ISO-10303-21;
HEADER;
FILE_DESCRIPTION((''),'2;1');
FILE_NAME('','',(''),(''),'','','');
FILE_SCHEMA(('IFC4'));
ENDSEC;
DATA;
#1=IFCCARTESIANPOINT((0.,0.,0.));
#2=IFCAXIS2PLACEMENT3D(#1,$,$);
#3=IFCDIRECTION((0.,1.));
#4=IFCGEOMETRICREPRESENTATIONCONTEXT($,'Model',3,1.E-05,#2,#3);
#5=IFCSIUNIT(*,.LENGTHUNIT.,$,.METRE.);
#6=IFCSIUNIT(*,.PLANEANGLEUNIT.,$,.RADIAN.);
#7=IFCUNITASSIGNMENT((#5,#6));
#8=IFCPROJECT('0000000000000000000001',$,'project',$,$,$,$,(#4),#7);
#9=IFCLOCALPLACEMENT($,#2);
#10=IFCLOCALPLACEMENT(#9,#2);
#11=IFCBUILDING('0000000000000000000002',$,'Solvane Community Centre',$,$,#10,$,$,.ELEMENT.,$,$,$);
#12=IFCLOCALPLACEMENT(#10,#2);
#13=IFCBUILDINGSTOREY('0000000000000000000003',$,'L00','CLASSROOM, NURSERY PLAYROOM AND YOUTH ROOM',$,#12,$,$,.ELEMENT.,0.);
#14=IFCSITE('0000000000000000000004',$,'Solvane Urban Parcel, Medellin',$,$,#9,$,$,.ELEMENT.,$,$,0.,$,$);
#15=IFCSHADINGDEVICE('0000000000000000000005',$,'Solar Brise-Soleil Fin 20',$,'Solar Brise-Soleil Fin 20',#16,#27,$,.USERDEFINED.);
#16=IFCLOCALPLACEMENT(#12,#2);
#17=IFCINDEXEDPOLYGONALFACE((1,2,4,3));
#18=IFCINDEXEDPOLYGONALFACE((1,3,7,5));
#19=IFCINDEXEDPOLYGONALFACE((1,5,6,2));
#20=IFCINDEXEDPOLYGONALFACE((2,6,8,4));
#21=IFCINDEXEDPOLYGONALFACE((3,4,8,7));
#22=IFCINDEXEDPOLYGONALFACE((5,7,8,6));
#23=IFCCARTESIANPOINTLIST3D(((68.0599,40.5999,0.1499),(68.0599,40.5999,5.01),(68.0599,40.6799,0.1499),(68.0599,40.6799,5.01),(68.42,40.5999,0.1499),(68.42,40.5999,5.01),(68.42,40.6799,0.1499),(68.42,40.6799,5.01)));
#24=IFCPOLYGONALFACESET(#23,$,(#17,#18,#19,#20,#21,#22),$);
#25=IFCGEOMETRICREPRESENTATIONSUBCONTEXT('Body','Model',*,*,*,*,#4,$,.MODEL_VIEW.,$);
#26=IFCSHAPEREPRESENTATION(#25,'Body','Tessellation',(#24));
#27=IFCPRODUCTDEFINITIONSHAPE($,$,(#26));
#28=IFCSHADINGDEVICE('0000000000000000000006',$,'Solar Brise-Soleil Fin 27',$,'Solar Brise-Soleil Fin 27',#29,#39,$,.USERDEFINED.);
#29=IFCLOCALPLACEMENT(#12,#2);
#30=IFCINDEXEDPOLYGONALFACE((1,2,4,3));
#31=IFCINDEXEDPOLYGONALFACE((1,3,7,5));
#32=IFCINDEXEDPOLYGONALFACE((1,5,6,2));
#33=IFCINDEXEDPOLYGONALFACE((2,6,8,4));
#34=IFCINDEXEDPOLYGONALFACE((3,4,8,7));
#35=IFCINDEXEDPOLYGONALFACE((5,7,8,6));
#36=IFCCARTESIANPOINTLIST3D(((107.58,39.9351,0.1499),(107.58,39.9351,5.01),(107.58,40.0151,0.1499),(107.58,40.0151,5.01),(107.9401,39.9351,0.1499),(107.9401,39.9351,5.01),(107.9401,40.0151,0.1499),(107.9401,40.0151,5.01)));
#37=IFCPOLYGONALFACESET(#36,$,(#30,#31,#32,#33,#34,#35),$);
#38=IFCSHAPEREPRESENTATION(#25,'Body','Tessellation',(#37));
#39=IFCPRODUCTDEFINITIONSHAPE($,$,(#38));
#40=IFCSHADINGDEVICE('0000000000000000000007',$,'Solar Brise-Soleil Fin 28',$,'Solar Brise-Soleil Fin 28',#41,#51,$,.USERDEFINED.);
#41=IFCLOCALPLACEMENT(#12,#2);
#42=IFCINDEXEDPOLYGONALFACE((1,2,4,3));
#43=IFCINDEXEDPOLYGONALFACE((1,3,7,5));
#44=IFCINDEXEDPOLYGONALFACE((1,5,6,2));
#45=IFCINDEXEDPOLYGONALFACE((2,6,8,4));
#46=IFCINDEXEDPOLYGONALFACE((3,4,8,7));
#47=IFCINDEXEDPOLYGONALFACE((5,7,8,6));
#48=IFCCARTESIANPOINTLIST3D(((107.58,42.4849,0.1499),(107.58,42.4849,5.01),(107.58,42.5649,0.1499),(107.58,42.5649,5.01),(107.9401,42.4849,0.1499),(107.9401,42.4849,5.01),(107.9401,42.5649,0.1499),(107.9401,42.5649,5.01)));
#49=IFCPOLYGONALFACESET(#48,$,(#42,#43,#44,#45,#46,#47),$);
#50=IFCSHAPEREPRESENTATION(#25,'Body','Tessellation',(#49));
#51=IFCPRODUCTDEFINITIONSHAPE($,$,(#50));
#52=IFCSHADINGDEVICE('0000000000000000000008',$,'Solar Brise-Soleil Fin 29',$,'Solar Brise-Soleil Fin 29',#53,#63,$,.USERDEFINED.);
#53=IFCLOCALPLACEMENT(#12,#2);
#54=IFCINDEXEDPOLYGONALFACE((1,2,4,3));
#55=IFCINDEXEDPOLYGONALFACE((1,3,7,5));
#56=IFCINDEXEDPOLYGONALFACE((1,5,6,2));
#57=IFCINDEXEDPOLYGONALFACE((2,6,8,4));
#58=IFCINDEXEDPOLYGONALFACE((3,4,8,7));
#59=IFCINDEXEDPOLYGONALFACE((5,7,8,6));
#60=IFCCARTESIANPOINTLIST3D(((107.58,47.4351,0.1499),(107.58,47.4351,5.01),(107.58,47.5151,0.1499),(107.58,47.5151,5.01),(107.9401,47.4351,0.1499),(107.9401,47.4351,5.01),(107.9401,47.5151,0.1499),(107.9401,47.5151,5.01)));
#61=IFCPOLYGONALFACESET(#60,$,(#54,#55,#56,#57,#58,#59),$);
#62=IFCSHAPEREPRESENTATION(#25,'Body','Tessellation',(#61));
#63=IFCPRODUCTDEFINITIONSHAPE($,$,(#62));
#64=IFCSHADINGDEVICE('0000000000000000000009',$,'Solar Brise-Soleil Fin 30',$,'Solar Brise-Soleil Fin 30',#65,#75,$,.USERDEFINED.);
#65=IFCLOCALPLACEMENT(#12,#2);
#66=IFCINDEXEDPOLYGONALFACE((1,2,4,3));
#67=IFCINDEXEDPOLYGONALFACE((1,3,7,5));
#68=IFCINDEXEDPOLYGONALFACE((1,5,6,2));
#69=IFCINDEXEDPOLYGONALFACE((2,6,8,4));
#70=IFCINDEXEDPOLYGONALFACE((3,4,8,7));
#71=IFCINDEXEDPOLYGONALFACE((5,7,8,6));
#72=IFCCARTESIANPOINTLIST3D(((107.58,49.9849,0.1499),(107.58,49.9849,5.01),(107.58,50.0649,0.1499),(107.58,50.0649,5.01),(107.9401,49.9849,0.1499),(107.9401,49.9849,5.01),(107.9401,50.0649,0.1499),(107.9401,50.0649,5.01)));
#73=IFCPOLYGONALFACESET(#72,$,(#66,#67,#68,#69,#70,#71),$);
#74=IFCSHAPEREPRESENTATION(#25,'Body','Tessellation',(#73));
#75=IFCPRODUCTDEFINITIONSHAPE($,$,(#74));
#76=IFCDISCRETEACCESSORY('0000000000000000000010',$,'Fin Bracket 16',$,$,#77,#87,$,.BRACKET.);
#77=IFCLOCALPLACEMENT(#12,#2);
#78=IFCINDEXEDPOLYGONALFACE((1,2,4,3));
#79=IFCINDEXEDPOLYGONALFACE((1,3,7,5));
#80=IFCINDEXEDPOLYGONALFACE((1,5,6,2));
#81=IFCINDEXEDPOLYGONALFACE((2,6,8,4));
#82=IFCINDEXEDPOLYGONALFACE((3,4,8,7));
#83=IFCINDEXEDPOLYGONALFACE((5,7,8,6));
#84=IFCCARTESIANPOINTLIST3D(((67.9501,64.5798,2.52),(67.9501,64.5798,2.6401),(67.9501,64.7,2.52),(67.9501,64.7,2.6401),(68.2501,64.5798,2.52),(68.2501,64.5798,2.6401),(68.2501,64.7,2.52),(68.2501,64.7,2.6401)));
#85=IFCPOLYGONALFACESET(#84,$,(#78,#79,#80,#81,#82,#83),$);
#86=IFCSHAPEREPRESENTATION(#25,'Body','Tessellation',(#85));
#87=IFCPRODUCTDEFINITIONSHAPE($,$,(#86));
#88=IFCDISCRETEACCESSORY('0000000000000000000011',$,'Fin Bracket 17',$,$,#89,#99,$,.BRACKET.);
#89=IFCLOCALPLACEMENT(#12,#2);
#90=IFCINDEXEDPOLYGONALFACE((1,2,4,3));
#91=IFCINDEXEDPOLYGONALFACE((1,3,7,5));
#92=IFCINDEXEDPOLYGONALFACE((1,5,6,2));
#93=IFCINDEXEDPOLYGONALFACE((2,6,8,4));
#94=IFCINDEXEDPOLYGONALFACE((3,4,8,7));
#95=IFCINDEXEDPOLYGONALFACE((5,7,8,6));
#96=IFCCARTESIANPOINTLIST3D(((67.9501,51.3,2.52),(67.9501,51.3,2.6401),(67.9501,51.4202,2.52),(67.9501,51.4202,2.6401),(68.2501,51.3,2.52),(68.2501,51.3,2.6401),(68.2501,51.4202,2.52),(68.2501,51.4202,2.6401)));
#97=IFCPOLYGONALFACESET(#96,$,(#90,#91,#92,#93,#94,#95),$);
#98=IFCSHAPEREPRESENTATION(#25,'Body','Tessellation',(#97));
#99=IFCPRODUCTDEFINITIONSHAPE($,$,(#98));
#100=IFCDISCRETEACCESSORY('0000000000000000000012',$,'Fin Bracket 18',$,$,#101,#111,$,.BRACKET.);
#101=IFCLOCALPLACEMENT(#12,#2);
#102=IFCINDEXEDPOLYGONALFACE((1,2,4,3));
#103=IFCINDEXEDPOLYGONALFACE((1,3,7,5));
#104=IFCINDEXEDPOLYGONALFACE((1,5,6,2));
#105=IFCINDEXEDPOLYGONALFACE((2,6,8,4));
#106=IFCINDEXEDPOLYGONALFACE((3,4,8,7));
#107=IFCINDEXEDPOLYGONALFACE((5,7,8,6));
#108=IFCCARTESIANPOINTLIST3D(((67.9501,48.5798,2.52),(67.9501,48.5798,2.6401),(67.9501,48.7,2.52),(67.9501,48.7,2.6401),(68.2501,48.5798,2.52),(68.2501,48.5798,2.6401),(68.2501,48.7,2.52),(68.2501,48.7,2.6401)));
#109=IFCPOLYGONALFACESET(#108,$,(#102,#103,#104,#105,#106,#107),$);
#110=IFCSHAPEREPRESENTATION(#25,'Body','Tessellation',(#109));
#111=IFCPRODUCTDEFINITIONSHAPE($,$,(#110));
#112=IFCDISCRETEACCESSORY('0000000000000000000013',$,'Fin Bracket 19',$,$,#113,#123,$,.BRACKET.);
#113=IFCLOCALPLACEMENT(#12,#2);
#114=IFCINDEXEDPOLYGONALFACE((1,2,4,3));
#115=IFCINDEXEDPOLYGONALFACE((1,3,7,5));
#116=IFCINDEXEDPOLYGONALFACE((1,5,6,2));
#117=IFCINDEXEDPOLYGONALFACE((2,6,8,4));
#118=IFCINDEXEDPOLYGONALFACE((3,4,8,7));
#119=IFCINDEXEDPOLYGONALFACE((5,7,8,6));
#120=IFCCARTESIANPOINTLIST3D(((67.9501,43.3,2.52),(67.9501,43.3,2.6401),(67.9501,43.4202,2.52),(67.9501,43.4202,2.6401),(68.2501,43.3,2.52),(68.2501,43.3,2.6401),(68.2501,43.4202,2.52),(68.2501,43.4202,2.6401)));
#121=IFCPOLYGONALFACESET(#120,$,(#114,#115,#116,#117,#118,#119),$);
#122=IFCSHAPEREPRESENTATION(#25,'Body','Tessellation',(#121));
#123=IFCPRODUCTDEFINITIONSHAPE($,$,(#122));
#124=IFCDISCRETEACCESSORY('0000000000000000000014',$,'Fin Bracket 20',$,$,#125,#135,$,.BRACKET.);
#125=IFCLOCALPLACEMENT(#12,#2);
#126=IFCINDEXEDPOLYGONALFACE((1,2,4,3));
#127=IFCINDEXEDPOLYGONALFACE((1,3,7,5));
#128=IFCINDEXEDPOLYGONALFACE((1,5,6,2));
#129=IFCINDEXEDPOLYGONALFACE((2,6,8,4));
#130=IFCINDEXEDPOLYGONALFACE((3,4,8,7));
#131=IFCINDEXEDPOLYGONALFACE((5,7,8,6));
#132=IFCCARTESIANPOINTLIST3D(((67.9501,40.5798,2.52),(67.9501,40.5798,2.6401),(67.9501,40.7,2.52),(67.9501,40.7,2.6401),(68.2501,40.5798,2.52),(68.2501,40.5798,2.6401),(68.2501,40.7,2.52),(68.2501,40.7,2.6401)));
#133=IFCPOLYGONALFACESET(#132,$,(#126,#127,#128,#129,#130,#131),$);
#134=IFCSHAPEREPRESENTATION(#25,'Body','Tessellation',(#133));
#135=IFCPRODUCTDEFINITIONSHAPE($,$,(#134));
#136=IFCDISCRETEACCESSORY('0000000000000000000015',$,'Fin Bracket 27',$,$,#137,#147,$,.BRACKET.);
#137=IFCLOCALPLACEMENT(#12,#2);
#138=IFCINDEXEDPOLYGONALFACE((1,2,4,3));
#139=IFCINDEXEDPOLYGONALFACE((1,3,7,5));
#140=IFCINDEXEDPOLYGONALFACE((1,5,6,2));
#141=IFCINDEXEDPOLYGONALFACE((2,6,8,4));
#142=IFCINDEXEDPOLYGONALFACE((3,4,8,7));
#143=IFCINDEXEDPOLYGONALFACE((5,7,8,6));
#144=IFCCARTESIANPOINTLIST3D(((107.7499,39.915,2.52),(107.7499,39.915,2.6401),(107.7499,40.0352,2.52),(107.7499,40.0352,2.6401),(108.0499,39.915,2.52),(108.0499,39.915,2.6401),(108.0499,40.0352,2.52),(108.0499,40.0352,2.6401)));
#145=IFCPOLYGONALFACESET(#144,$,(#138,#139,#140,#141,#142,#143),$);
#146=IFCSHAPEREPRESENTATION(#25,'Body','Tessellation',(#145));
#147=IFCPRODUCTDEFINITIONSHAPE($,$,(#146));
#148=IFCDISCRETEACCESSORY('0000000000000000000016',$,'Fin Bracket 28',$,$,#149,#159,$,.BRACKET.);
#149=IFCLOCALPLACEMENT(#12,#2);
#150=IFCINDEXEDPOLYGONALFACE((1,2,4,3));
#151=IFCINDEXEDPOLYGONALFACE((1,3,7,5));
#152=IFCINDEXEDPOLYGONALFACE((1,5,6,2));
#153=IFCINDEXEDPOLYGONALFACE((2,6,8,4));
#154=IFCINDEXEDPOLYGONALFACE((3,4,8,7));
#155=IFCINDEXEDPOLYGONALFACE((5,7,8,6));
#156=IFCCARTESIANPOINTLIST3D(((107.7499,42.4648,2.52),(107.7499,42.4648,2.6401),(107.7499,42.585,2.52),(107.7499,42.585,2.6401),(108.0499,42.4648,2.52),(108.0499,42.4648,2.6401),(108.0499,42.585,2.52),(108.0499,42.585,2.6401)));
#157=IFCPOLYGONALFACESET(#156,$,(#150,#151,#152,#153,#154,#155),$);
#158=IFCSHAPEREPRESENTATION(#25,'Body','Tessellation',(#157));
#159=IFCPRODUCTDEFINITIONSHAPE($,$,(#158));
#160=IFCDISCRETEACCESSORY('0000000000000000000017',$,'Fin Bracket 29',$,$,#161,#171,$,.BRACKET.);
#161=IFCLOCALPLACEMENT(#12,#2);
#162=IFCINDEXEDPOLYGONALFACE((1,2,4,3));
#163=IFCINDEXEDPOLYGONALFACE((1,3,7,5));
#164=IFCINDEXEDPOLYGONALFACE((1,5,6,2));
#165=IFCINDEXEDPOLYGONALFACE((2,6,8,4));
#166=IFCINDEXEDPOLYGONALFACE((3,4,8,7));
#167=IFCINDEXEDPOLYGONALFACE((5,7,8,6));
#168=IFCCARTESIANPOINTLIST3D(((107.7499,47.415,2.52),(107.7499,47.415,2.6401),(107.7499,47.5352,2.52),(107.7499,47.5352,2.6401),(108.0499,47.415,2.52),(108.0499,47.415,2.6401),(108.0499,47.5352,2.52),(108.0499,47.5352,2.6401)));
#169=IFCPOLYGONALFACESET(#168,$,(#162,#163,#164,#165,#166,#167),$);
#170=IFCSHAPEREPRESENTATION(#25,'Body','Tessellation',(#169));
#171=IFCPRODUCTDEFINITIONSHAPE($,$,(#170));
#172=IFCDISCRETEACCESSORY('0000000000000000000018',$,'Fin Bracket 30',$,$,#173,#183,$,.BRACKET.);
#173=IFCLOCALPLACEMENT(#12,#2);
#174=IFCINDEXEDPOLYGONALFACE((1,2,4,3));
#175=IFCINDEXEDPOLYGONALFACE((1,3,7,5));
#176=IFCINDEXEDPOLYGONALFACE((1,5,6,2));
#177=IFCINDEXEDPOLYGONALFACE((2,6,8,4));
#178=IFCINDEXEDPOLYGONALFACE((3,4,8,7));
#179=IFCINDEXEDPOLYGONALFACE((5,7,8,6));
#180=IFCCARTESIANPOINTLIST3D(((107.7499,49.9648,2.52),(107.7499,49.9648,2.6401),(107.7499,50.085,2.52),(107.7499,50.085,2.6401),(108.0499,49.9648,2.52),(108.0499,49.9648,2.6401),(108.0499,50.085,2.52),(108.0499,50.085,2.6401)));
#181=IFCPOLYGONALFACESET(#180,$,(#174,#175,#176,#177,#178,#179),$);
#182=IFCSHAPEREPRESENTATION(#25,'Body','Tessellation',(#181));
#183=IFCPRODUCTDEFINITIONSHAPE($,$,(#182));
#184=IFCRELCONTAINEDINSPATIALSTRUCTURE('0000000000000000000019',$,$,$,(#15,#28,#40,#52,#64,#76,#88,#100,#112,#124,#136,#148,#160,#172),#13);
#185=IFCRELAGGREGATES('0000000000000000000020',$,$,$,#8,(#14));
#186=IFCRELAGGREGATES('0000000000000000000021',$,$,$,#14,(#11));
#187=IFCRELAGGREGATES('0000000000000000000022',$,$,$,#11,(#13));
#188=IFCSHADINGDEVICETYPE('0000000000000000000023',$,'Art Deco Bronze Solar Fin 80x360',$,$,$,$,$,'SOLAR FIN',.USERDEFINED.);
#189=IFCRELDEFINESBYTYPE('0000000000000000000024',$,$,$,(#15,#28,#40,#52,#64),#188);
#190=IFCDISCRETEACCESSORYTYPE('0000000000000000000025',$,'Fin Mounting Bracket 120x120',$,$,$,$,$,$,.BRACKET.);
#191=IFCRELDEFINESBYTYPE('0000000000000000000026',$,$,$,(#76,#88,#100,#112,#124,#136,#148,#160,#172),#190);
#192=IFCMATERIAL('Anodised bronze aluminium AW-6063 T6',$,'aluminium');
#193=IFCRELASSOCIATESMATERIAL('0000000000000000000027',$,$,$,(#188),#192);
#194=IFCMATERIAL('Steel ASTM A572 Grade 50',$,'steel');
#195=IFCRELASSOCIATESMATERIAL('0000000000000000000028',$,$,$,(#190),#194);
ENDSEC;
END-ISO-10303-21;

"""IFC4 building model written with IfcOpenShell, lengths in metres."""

from ifc_helpers import new_model, si_unit, direction, frame, origin, origin_2d, place, context, subcontext, project, spatial, rectangle, extrude, material, type_object, element, save


model = new_model("IFC4")

# Units and contexts
model_context = context("Model", 3, precision=1e-05, world=origin(), true_north=direction((0.0, 1.0)))
body_context = subcontext(model_context, "Body", "Model", "MODEL_VIEW")
ifc_project = project(units=[si_unit("LENGTHUNIT", "METRE"), si_unit("PLANEANGLEUNIT", "RADIAN")], contexts=[model_context])

# Site, building, storey
site_placement = place(None, origin())
site = spatial("IfcSite", under=ifc_project, at=site_placement, Name="Solvane Urban Parcel, Medellin", CompositionType="ELEMENT", RefElevation=0.0)
building_placement = place(site_placement, origin())
building = spatial("IfcBuilding", under=site, at=building_placement, Name="Solvane Community Centre", CompositionType="ELEMENT")
storey_placement = place(building_placement, origin())
storey = spatial("IfcBuildingStorey", under=building, at=storey_placement, Name="L00", Description="CLASSROOM, NURSERY PLAYROOM AND YOUTH ROOM", CompositionType="ELEMENT", Elevation=0.0)

# Shared definitions
ifc_material_1 = material(Name="Anodised bronze aluminium AW-6063 T6", Category="aluminium")

# Shading devices
shading_device_type = type_object("IfcShadingDeviceType", Name="Art Deco Bronze Solar Fin 80x360", ElementType="SOLAR FIN", PredefinedType="USERDEFINED", material=ifc_material_1)
shading_device_1_placement = place(storey_placement, frame((68.24, 40.6399, 0.1499), z_axis=(0.0, 0.0, 1.0), x_axis=(0.0, -1.0, 0.0)))
element("IfcShadingDevice", 1, at=shading_device_1_placement, inside=storey, type_object=shading_device_type, Name="Solar Brise-Soleil Fin 20", ObjectType="Solar Brise-Soleil Fin 20", PredefinedType="USERDEFINED", context=body_context, shape_type="SweptSolid", body=[
    extrude(rectangle(XDim=0.0801, YDim=0.3601, at=origin_2d()), origin(), (0.0, 0.0, 1.0), 4.8601),
])
shading_device_2_placement = place(storey_placement, frame((107.76, 39.9751, 0.1499), z_axis=(0.0, 0.0, 1.0), x_axis=(0.0, 1.0, 0.0)))
element("IfcShadingDevice", 2, at=shading_device_2_placement, inside=storey, type_object=shading_device_type, Name="Solar Brise-Soleil Fin 27", ObjectType="Solar Brise-Soleil Fin 27", PredefinedType="USERDEFINED", context=body_context, shape_type="SweptSolid", body=[
    extrude(rectangle(XDim=0.0801, YDim=0.3601, at=origin_2d()), origin(), (0.0, 0.0, 1.0), 4.8601),
])
shading_device_3_placement = place(storey_placement, frame((107.76, 42.5249, 0.1499), z_axis=(0.0, 0.0, 1.0), x_axis=(0.0, 1.0, 0.0)))
element("IfcShadingDevice", 3, at=shading_device_3_placement, inside=storey, type_object=shading_device_type, Name="Solar Brise-Soleil Fin 28", ObjectType="Solar Brise-Soleil Fin 28", PredefinedType="USERDEFINED", context=body_context, shape_type="SweptSolid", body=[
    extrude(rectangle(XDim=0.0801, YDim=0.3601, at=origin_2d()), origin(), (0.0, 0.0, 1.0), 4.8601),
])
shading_device_4_placement = place(storey_placement, frame((107.76, 47.4751, 0.1499), z_axis=(0.0, 0.0, 1.0), x_axis=(0.0, 1.0, 0.0)))
element("IfcShadingDevice", 4, at=shading_device_4_placement, inside=storey, type_object=shading_device_type, Name="Solar Brise-Soleil Fin 29", ObjectType="Solar Brise-Soleil Fin 29", PredefinedType="USERDEFINED", context=body_context, shape_type="SweptSolid", body=[
    extrude(rectangle(XDim=0.0801, YDim=0.3601, at=origin_2d()), origin(), (0.0, 0.0, 1.0), 4.8601),
])
shading_device_5_placement = place(storey_placement, frame((107.76, 50.0249, 0.1499), z_axis=(0.0, 0.0, 1.0), x_axis=(0.0, 1.0, 0.0)))
element("IfcShadingDevice", 5, at=shading_device_5_placement, inside=storey, type_object=shading_device_type, Name="Solar Brise-Soleil Fin 30", ObjectType="Solar Brise-Soleil Fin 30", PredefinedType="USERDEFINED", context=body_context, shape_type="SweptSolid", body=[
    extrude(rectangle(XDim=0.0801, YDim=0.3601, at=origin_2d()), origin(), (0.0, 0.0, 1.0), 4.8601),
])

# Discrete accessories
ifc_material_2 = material(Name="Steel ASTM A572 Grade 50", Category="steel")
discrete_accessory_type = type_object("IfcDiscreteAccessoryType", Name="Fin Mounting Bracket 120x120", PredefinedType="BRACKET", material=ifc_material_2)
for number, where, z_axis, x_axis, name in (
    (6, (68.1001, 64.6399, 2.52), (0.0, 0.0, 1.0), (0.0, -1.0, 0.0), "Fin Bracket 16"),
    (7, (68.1001, 51.3601, 2.52), (0.0, 0.0, 1.0), (0.0, -1.0, 0.0), "Fin Bracket 17"),
    (8, (68.1001, 48.6399, 2.52), (0.0, 0.0, 1.0), (0.0, -1.0, 0.0), "Fin Bracket 18"),
    (9, (68.1001, 43.3601, 2.52), (0.0, 0.0, 1.0), (0.0, -1.0, 0.0), "Fin Bracket 19"),
    (10, (68.1001, 40.6399, 2.52), (0.0, 0.0, 1.0), (0.0, -1.0, 0.0), "Fin Bracket 20"),
    (11, (107.8999, 39.9751, 2.52), (0.0, 0.0, 1.0), (0.0, 1.0, 0.0), "Fin Bracket 27"),
    (12, (107.8999, 42.5249, 2.52), (0.0, 0.0, 1.0), (0.0, 1.0, 0.0), "Fin Bracket 28"),
    (13, (107.8999, 47.4751, 2.52), (0.0, 0.0, 1.0), (0.0, 1.0, 0.0), "Fin Bracket 29"),
    (14, (107.8999, 50.0249, 2.52), (0.0, 0.0, 1.0), (0.0, 1.0, 0.0), "Fin Bracket 30"),
):
    element("IfcDiscreteAccessory", number, at=place(storey_placement, frame(where, z_axis=z_axis, x_axis=x_axis)), inside=storey, type_object=discrete_accessory_type, Name=name, PredefinedType="BRACKET", context=body_context, shape_type="SweptSolid", body=[
        extrude(rectangle(XDim=0.1201, YDim=0.3, at=origin_2d()), origin(), (0.0, 0.0, 1.0), 0.1201),
    ])

save(model, "model.ifc")
